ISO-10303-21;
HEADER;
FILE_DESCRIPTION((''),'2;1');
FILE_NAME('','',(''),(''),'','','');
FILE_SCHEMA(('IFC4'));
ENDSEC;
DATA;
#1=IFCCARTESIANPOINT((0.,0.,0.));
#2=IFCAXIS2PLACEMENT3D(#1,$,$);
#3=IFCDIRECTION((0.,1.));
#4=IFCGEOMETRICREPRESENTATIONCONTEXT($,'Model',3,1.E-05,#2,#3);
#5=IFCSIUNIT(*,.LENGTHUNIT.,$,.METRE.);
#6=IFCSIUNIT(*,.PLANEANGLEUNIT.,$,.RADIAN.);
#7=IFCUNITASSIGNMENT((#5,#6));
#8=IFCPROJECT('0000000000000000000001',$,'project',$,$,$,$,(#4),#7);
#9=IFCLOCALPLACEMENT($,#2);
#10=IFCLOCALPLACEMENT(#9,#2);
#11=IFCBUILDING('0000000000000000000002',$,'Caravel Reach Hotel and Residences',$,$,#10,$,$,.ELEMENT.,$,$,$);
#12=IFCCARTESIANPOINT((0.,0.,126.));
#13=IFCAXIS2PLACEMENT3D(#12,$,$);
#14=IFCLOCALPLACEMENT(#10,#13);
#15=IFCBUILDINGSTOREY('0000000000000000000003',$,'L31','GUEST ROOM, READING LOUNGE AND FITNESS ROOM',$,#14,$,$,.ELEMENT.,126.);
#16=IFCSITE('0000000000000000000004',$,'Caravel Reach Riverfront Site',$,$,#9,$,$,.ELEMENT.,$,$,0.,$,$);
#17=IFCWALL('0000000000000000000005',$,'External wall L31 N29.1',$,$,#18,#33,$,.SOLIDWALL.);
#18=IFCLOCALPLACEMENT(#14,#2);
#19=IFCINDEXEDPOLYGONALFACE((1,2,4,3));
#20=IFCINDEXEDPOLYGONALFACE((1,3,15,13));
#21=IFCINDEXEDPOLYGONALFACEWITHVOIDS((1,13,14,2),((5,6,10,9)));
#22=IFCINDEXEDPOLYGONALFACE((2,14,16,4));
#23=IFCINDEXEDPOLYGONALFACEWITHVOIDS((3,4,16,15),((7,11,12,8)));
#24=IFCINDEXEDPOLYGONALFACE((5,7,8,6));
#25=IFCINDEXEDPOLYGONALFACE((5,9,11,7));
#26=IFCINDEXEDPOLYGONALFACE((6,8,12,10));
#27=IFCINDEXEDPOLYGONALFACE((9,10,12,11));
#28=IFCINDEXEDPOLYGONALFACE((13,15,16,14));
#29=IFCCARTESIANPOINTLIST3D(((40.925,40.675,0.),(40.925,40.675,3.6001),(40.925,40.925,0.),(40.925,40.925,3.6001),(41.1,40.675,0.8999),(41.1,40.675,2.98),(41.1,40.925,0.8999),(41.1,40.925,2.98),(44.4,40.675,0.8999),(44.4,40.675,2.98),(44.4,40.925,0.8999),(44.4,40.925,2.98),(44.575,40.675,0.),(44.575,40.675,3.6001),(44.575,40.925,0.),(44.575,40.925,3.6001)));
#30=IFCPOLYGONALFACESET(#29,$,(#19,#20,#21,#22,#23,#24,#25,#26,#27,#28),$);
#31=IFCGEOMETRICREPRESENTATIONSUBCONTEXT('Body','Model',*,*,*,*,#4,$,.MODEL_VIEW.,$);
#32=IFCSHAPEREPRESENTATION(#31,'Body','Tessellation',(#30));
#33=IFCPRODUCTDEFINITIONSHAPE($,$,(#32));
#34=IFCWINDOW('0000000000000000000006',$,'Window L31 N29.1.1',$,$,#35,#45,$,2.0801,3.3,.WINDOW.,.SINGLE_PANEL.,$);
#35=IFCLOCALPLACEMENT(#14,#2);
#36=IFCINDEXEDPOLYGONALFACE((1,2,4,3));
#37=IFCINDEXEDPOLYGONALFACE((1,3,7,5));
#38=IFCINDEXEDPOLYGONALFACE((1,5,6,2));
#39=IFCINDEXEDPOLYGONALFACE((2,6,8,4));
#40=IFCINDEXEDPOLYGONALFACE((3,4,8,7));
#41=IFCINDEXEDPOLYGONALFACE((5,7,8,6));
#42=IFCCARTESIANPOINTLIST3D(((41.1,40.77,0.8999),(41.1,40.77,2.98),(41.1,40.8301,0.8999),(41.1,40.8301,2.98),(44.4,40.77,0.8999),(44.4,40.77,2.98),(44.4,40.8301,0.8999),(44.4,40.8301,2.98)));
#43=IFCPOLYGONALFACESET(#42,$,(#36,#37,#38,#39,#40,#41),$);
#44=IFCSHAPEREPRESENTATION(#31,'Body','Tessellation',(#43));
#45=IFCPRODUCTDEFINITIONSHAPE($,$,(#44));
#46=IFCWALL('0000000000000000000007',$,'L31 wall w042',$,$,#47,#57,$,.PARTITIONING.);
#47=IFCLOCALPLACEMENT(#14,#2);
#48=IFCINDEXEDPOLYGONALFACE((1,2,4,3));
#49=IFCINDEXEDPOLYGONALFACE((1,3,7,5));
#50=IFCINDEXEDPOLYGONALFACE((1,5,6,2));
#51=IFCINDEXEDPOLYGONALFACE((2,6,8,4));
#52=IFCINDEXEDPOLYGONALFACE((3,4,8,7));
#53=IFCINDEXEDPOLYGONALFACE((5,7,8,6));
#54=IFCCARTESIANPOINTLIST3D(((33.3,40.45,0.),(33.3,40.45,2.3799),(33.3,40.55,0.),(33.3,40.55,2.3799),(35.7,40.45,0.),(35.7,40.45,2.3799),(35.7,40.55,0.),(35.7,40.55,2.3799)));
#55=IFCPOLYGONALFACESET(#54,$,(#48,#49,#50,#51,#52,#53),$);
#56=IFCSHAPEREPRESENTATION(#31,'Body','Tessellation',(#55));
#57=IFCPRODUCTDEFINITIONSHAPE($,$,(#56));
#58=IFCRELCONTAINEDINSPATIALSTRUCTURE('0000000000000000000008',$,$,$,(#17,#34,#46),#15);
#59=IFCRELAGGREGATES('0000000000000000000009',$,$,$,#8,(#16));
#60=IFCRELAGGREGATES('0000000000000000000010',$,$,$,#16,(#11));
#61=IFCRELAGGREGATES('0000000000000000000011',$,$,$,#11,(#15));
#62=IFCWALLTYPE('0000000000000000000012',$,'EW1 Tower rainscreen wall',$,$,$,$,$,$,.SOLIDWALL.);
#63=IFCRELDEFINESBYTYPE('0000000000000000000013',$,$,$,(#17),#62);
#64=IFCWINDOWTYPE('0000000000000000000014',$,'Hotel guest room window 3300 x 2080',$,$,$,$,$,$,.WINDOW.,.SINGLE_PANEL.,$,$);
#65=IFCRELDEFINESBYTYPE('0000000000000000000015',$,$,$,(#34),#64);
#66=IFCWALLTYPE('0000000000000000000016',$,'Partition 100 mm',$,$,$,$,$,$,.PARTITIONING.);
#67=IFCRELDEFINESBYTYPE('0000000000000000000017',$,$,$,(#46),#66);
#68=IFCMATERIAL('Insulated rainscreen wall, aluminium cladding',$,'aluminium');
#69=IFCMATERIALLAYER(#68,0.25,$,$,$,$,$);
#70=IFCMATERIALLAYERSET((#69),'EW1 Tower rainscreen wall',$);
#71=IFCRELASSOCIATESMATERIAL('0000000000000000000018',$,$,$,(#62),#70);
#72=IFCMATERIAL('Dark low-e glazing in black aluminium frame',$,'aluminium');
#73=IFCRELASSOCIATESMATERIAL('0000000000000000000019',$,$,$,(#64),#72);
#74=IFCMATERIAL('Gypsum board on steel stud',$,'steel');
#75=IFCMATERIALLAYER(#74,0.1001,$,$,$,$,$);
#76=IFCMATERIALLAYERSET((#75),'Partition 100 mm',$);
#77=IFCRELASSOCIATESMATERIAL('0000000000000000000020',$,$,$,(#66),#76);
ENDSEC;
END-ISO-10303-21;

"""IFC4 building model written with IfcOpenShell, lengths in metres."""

from ifc_helpers import new_model, si_unit, direction, frame, frame_2d, origin, place, context, subcontext, project, spatial, rectangle, extrude, material, layer, layer_set, type_object, element, fill, save


model = new_model("IFC4")

# Units and contexts
model_context = context("Model", 3, precision=1e-05, world=origin(), true_north=direction((0.0, 1.0)))
body_context = subcontext(model_context, "Body", "Model", "MODEL_VIEW")
ifc_project = project(units=[si_unit("LENGTHUNIT", "METRE"), si_unit("PLANEANGLEUNIT", "RADIAN")], contexts=[model_context])

# Site, building, storey
site_placement = place(None, origin())
site = spatial("IfcSite", under=ifc_project, at=site_placement, Name="Caravel Reach Riverfront Site", CompositionType="ELEMENT", RefElevation=0.0)
building_placement = place(site_placement, origin())
building = spatial("IfcBuilding", under=site, at=building_placement, Name="Caravel Reach Hotel and Residences", CompositionType="ELEMENT")
storey_placement = place(building_placement, frame((0.0, 0.0, 126.0)))
storey = spatial("IfcBuildingStorey", under=building, at=storey_placement, Name="L31", Description="GUEST ROOM, READING LOUNGE AND FITNESS ROOM", CompositionType="ELEMENT", Elevation=126.0)

# Wall, opening, window
ifc_material_1 = material(Name="Insulated rainscreen wall, aluminium cladding", Category="aluminium")
ifc_layer_1 = layer(ifc_material_1, 0.25)
ifc_layer_set_1 = layer_set([ifc_layer_1], Name="EW1 Tower rainscreen wall")
wall_type_1 = type_object("IfcWallType", Name="EW1 Tower rainscreen wall", PredefinedType="SOLIDWALL", material=ifc_layer_set_1)
wall_1_placement = place(storey_placement, frame((44.575, 40.8, 0.0), z_axis=(0.0, 0.0, 1.0), x_axis=(-1.0, 0.0, 0.0)))
wall_1 = element("IfcWall", 1, at=wall_1_placement, inside=storey, type_object=wall_type_1, Name="External wall L31 N29.1", PredefinedType="SOLIDWALL", context=body_context, shape_type="SweptSolid", body=[
    extrude(rectangle(XDim=3.6499, YDim=0.25, at=frame_2d((1.825, 0.0))), origin(), (0.0, 0.0, 1.0), 3.6001),
])
opening_1_placement = place(wall_1_placement, frame((0.175, 0.0, 0.8999)))
opening_1 = element("IfcOpeningElement", 2, at=opening_1_placement, cuts=wall_1, PredefinedType="OPENING", context=body_context, shape_type="SweptSolid", body=[
    extrude(rectangle(XDim=3.3, YDim=2.0801, at=frame_2d((1.6499, 1.04))), frame((0.0, 0.135, 0.0), z_axis=(0.0, -1.0, 0.0), x_axis=(1.0, 0.0, 0.0)), (0.0, 0.0, 1.0), 0.27),
])
ifc_material_2 = material(Name="Dark low-e glazing in black aluminium frame", Category="aluminium")
window_type = type_object("IfcWindowType", Name="Hotel guest room window 3300 x 2080", PartitioningType="SINGLE_PANEL", PredefinedType="WINDOW", material=ifc_material_2)
window_placement = place(opening_1_placement, origin())
window = element("IfcWindow", 3, at=window_placement, inside=storey, type_object=window_type, Name="Window L31 N29.1.1", OverallHeight=2.0801, OverallWidth=3.3, PartitioningType="SINGLE_PANEL", PredefinedType="WINDOW", context=body_context, shape_type="SweptSolid", body=[
    extrude(rectangle(XDim=3.3, YDim=2.0801, at=frame_2d((1.6499, 1.04))), frame((0.0, 0.03, 0.0), z_axis=(0.0, -1.0, 0.0), x_axis=(1.0, 0.0, 0.0)), (0.0, 0.0, 1.0), 0.0601),
])
fill(opening_1, window)

# Wall
ifc_material_3 = material(Name="Gypsum board on steel stud", Category="steel")
ifc_layer_2 = layer(ifc_material_3, 0.1001)
ifc_layer_set_2 = layer_set([ifc_layer_2], Name="Partition 100 mm")
wall_type_2 = type_object("IfcWallType", Name="Partition 100 mm", PredefinedType="PARTITIONING", material=ifc_layer_set_2)
wall_2_placement = place(storey_placement, frame((33.3, 40.5, 0.0), z_axis=(0.0, 0.0, 1.0), x_axis=(1.0, 0.0, 0.0)))
element("IfcWall", 4, at=wall_2_placement, inside=storey, type_object=wall_type_2, Name="L31 wall w042", PredefinedType="PARTITIONING", context=body_context, shape_type="SweptSolid", body=[
    extrude(rectangle(XDim=2.3999, YDim=0.1001, at=frame_2d((1.2, 0.0))), origin(), (0.0, 0.0, 1.0), 2.3799),
])

save(model, "model.ifc")
